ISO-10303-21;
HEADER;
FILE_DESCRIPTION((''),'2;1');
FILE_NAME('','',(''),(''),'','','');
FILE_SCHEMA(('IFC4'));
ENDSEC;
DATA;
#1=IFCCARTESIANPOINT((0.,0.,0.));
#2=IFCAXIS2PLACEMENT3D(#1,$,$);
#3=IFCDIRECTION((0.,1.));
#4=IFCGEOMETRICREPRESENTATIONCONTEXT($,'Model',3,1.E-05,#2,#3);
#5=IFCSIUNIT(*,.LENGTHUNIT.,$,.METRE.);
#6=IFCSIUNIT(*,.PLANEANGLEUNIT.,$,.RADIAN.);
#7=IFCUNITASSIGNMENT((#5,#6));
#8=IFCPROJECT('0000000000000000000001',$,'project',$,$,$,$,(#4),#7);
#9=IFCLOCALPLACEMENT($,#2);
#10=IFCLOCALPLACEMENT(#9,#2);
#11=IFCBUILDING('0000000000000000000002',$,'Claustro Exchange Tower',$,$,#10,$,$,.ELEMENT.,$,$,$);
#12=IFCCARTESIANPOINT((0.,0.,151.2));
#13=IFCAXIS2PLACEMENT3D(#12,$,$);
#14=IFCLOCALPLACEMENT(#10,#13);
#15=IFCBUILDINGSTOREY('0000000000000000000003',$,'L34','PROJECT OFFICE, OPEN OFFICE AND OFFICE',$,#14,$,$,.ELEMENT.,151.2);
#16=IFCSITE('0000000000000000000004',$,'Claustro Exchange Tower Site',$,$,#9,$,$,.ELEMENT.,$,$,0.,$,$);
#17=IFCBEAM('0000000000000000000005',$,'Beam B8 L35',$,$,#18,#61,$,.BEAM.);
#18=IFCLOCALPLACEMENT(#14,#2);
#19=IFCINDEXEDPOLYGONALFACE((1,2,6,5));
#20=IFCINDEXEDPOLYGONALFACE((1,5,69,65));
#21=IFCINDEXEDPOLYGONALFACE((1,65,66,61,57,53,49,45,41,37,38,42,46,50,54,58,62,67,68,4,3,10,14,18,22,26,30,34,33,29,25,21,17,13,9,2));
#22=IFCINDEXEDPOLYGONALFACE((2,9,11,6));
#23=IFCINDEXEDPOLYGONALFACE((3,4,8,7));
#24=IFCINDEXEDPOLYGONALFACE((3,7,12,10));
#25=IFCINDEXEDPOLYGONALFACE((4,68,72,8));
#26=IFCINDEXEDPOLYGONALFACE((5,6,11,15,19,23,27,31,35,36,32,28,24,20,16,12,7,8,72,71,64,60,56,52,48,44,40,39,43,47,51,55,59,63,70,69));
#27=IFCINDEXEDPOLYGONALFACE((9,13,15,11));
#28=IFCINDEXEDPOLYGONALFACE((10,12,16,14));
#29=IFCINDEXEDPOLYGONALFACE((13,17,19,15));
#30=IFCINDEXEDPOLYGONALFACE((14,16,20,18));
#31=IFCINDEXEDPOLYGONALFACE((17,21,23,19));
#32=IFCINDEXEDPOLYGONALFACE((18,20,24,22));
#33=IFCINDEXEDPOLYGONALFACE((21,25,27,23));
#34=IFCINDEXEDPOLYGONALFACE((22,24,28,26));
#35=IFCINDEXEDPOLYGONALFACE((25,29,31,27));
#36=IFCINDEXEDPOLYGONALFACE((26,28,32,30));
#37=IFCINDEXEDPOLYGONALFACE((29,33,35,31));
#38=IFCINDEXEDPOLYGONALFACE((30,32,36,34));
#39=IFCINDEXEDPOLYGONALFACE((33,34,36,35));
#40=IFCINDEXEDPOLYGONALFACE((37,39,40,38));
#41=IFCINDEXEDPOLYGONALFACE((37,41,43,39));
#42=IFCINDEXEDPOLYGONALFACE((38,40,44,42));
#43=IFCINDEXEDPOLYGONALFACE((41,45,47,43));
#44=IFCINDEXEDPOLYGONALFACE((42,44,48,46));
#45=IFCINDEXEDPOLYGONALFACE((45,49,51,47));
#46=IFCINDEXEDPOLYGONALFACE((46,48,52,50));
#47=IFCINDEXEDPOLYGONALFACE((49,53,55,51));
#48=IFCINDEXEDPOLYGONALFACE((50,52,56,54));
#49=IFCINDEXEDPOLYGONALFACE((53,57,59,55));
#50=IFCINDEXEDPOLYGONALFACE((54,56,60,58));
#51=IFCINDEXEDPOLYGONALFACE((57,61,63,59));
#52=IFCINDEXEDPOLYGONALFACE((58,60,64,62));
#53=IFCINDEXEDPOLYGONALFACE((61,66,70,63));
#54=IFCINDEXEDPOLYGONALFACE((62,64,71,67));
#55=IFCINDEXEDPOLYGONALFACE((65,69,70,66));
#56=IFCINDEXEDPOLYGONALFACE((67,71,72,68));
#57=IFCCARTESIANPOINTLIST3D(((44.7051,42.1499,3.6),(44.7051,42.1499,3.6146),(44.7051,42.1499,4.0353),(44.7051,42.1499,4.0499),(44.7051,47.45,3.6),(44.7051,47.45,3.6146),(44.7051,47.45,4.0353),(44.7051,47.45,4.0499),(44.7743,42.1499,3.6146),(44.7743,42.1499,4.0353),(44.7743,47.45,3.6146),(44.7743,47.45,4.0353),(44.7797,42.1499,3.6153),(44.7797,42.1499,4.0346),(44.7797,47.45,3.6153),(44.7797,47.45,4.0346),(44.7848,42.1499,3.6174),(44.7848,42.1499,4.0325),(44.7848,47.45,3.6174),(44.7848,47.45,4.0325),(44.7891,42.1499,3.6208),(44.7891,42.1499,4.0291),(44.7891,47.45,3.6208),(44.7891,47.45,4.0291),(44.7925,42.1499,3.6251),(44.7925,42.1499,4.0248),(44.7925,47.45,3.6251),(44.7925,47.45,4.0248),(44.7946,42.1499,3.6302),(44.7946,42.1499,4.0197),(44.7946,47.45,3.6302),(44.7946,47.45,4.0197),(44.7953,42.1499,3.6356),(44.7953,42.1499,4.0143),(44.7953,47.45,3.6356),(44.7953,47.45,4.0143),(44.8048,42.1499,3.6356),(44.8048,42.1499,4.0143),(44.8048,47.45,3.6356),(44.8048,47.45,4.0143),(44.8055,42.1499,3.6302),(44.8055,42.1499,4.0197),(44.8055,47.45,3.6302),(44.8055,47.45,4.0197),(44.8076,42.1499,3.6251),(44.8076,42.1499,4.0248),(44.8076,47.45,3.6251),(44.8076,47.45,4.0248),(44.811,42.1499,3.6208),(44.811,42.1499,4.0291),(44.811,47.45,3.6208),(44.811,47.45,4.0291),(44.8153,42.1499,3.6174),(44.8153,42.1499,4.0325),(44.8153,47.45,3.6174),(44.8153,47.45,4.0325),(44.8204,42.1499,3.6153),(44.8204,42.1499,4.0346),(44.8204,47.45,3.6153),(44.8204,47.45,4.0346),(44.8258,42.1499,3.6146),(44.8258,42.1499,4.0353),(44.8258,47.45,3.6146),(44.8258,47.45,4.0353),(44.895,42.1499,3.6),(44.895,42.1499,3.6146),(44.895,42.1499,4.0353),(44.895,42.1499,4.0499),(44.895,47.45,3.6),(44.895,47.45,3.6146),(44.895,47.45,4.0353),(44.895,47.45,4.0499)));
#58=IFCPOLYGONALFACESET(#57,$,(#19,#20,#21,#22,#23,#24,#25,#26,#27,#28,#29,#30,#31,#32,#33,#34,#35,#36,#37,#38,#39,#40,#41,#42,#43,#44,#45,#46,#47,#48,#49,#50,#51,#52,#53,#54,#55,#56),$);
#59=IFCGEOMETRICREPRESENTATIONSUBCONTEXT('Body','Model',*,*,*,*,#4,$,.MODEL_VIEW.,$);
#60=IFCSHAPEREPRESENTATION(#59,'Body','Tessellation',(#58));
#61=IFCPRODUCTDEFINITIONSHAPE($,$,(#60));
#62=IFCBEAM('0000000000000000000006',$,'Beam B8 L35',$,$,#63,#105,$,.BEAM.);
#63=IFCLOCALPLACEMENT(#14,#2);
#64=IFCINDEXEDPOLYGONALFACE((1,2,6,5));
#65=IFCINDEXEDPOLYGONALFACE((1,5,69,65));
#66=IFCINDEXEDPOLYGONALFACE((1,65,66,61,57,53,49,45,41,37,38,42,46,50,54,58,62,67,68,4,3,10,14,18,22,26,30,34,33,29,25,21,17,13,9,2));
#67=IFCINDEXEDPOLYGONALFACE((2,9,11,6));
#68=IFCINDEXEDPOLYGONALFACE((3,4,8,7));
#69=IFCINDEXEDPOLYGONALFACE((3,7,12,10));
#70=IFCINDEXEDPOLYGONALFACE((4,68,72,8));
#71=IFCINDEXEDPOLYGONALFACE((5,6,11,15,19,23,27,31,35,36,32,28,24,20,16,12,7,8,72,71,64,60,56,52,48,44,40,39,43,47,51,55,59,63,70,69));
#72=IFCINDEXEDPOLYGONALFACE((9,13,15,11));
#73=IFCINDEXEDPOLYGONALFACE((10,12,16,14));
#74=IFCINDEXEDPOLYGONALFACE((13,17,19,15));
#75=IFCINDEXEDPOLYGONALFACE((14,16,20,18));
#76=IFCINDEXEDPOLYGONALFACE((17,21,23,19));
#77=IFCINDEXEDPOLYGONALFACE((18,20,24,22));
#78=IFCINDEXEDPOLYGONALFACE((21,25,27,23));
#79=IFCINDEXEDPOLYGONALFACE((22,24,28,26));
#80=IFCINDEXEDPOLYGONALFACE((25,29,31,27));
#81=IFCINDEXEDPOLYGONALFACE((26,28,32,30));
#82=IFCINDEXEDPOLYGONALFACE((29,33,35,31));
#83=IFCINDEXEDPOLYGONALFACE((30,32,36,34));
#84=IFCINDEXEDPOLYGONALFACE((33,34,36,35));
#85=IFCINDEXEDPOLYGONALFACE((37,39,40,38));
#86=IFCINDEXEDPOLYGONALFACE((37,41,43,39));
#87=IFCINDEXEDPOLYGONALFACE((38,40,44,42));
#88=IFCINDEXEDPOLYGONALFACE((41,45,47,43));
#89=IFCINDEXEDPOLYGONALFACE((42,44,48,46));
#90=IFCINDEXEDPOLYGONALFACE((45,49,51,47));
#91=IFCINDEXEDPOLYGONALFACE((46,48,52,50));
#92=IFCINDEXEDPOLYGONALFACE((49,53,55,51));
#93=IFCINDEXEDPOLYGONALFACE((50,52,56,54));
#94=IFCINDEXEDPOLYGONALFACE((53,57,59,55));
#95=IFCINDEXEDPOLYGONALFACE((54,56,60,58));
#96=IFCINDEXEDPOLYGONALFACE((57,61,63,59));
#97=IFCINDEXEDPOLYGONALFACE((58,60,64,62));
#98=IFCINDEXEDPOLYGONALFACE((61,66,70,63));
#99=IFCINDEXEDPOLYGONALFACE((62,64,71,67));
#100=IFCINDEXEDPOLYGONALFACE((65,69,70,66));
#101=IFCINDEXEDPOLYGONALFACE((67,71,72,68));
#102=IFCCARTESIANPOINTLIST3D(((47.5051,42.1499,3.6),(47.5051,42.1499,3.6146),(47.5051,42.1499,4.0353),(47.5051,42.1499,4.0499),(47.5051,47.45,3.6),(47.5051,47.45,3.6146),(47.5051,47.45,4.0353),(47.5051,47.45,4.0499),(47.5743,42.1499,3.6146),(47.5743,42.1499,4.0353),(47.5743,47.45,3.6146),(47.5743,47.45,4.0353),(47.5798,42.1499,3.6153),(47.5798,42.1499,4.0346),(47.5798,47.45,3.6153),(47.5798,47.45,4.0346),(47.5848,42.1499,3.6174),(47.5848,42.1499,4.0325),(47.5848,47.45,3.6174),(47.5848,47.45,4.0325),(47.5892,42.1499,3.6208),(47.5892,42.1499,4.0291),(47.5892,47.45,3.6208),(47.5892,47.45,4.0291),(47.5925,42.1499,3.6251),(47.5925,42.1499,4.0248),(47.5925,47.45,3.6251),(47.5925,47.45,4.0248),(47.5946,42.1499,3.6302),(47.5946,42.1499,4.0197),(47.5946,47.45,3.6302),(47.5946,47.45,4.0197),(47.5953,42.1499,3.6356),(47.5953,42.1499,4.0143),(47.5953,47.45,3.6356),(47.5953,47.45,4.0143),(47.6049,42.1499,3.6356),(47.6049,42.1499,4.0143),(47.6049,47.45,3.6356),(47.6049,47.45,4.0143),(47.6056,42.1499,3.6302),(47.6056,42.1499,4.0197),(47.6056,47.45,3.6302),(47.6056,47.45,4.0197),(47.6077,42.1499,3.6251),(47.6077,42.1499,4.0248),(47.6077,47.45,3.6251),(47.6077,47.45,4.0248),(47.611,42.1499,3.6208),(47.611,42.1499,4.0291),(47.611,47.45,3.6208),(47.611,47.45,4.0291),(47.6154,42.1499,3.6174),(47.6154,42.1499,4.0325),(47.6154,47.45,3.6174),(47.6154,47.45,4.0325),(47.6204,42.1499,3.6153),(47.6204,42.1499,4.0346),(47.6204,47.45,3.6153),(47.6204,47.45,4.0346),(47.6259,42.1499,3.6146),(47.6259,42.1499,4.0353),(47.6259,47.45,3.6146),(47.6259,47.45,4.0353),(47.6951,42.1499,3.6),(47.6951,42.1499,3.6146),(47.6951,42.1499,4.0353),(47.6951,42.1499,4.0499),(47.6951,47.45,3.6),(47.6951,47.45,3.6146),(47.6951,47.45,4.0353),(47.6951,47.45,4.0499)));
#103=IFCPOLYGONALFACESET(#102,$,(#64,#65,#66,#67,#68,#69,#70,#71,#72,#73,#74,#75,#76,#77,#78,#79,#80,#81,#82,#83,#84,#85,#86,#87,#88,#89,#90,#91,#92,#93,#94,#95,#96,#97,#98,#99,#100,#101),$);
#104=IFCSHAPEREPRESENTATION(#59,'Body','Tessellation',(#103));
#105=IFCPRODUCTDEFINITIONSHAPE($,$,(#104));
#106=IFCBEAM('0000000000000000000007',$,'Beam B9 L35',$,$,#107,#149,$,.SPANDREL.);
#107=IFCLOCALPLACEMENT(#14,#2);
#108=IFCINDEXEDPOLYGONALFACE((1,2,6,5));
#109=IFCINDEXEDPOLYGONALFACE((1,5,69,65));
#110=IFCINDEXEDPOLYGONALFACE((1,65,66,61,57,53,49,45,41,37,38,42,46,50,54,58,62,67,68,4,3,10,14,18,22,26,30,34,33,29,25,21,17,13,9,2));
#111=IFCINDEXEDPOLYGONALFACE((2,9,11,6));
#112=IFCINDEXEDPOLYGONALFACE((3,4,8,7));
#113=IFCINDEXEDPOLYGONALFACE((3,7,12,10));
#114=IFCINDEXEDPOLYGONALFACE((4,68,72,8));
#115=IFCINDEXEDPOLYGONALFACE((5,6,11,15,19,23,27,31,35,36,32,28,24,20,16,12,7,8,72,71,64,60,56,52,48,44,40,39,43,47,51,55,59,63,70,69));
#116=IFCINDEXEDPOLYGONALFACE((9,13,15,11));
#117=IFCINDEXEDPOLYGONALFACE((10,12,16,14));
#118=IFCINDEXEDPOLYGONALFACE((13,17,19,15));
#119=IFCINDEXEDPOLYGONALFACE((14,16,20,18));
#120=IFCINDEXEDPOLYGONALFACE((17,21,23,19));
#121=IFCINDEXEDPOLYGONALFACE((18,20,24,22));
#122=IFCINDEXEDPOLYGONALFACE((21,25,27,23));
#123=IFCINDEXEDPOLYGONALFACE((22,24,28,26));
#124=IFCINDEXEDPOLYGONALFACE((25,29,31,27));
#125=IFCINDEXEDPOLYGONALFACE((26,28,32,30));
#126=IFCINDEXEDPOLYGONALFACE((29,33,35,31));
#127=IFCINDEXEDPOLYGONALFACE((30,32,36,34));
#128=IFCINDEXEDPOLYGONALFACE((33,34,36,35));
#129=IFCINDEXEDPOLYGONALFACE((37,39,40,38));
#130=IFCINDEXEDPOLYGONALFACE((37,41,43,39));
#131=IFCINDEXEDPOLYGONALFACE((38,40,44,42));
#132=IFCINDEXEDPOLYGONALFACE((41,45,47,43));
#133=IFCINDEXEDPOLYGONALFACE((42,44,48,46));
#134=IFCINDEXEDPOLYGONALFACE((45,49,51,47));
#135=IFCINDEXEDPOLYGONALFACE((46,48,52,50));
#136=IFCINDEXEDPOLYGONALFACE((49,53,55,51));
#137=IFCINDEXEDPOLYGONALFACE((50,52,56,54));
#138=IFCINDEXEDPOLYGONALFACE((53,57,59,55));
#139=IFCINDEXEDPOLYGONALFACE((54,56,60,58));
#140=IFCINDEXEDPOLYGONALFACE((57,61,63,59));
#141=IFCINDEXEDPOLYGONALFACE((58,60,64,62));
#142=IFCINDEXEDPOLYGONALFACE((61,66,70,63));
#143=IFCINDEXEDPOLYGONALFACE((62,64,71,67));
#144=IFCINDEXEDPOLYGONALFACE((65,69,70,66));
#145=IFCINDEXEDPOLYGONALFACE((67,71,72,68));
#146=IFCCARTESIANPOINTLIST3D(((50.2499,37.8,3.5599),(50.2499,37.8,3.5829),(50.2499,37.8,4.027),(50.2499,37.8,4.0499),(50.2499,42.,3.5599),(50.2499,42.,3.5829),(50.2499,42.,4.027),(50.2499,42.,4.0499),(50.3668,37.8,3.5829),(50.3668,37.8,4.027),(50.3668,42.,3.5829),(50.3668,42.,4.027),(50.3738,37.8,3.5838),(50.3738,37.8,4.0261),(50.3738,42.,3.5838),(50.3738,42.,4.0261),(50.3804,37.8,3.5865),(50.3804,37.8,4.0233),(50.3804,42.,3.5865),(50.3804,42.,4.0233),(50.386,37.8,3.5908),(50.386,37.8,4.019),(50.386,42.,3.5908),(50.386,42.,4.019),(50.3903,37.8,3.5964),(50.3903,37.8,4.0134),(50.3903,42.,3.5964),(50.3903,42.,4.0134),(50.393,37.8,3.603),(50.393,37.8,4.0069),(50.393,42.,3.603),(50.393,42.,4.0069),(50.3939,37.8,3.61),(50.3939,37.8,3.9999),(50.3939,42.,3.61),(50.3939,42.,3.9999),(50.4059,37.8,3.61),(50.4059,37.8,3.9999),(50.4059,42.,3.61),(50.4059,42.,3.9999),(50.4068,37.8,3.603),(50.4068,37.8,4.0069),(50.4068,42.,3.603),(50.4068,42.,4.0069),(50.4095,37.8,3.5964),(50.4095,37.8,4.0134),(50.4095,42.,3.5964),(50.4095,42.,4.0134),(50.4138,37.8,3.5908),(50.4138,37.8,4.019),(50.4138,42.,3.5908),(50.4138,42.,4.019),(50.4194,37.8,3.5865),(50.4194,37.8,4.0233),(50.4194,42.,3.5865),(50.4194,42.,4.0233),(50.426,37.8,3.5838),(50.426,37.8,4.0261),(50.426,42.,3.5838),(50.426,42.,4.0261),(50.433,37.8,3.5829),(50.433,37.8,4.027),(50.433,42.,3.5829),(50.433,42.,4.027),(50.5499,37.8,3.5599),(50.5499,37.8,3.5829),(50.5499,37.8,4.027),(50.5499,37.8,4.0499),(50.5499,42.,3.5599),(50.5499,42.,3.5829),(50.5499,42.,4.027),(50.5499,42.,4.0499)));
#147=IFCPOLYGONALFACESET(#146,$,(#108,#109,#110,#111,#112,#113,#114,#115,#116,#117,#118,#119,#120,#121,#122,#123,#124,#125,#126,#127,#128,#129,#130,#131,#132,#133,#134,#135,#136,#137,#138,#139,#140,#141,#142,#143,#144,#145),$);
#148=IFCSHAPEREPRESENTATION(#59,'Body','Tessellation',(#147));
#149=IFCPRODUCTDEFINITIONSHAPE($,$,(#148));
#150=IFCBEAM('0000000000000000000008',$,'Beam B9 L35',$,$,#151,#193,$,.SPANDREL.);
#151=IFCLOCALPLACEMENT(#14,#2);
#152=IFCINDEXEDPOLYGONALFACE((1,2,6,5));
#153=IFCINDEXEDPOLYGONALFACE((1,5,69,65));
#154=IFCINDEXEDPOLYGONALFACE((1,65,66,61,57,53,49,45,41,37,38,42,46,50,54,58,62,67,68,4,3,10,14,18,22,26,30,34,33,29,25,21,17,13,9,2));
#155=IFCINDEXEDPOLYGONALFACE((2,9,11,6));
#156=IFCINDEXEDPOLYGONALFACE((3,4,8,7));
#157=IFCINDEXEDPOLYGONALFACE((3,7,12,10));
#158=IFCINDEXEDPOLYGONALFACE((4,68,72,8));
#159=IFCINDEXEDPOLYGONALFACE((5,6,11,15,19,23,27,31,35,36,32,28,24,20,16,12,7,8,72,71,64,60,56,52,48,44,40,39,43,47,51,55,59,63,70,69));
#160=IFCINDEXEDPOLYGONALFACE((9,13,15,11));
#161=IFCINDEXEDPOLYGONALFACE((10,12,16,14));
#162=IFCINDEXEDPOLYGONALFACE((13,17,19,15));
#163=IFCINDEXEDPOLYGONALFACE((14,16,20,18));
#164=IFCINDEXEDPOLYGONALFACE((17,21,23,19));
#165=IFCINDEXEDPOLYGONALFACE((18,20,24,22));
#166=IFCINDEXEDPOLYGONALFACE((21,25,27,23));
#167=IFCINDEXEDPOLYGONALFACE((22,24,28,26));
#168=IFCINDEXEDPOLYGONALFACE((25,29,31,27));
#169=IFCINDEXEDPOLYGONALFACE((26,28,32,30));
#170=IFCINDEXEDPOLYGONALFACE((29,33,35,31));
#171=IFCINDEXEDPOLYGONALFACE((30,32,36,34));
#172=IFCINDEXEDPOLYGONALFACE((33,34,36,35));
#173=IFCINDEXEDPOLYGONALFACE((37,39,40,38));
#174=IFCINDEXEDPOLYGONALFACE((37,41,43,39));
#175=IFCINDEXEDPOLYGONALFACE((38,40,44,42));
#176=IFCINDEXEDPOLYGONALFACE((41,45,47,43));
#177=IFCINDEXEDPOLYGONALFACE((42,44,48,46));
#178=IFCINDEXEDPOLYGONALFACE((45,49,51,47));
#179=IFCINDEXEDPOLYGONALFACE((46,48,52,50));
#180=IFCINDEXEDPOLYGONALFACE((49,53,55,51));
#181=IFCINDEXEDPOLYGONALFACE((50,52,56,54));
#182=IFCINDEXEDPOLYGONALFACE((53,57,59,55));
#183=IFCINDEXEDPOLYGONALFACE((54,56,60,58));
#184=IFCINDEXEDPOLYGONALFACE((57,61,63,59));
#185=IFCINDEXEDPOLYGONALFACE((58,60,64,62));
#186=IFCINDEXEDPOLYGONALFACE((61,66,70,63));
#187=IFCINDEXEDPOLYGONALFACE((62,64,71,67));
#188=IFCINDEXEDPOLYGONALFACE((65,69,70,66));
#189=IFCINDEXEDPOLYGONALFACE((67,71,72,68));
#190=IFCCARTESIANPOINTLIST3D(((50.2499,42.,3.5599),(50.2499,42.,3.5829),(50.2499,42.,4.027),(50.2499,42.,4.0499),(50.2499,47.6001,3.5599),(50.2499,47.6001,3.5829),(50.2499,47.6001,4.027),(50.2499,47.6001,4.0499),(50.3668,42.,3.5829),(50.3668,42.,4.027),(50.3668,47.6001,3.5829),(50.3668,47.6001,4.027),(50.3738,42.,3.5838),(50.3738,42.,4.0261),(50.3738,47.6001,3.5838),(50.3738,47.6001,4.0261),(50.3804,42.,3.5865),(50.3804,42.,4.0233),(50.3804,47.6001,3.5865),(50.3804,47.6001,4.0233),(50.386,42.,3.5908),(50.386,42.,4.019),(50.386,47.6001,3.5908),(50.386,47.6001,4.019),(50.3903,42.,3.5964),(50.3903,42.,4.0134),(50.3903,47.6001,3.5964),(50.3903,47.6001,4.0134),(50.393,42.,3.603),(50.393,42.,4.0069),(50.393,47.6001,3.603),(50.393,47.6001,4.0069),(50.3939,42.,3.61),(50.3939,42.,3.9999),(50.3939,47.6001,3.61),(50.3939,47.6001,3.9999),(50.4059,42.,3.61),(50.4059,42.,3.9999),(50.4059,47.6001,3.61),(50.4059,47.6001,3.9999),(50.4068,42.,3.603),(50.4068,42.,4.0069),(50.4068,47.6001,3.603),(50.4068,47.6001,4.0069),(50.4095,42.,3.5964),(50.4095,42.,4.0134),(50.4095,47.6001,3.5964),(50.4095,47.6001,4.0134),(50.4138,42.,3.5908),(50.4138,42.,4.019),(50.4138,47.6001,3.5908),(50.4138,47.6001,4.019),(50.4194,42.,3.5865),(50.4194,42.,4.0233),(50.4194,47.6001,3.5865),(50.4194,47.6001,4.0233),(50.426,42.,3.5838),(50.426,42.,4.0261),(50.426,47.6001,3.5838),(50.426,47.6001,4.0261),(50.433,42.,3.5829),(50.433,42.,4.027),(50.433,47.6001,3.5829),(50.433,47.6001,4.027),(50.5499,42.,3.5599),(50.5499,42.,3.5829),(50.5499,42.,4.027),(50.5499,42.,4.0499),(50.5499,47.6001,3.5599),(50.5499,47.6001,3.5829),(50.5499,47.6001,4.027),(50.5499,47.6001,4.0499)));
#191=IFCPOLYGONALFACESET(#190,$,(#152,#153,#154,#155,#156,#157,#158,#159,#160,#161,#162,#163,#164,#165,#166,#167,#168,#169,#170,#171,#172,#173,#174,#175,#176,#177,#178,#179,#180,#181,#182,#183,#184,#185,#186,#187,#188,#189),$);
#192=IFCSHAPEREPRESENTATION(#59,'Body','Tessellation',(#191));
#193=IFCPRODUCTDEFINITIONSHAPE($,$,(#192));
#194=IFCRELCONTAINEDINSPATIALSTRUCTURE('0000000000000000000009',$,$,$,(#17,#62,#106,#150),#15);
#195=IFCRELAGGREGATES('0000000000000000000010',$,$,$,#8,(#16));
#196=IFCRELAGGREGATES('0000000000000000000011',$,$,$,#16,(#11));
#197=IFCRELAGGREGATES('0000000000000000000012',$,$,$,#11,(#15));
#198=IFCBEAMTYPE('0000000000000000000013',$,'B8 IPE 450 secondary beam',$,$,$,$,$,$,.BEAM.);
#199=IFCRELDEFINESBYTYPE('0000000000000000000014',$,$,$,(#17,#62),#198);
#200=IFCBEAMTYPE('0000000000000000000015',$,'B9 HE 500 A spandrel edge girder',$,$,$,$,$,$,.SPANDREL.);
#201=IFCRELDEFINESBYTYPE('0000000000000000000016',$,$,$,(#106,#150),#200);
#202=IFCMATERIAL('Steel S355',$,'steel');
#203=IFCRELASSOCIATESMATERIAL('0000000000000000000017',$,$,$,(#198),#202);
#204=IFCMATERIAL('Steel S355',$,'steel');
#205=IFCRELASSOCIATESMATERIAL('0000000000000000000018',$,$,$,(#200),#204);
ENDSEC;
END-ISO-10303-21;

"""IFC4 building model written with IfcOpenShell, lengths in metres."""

from ifc_helpers import new_model, si_unit, direction, frame, origin, origin_2d, place, context, subcontext, project, spatial, i_section, extrude, material, material_profile, profile_set, type_object, element, save


model = new_model("IFC4")

# Units and contexts
model_context = context("Model", 3, precision=1e-05, world=origin(), true_north=direction((0.0, 1.0)))
body_context = subcontext(model_context, "Body", "Model", "MODEL_VIEW")
ifc_project = project(units=[si_unit("LENGTHUNIT", "METRE"), si_unit("PLANEANGLEUNIT", "RADIAN")], contexts=[model_context])

# Site, building, storey
site_placement = place(None, origin())
site = spatial("IfcSite", under=ifc_project, at=site_placement, Name="Claustro Exchange Tower Site", CompositionType="ELEMENT", RefElevation=0.0)
building_placement = place(site_placement, origin())
building = spatial("IfcBuilding", under=site, at=building_placement, Name="Claustro Exchange Tower", CompositionType="ELEMENT")
storey_placement = place(building_placement, frame((0.0, 0.0, 151.2)))
storey = spatial("IfcBuildingStorey", under=building, at=storey_placement, Name="L34", Description="PROJECT OFFICE, OPEN OFFICE AND OFFICE", CompositionType="ELEMENT", Elevation=151.2)

# Beams
ifc_material_1 = material(Name="Steel S355", Category="steel")
ifc_material_profile_1 = material_profile(ifc_material_1, i_section(OverallWidth=0.1899, OverallDepth=0.45, WebThickness=0.0095, FlangeThickness=0.0146, FilletRadius=0.021, at=origin_2d()), Name="IPE 450")
ifc_profile_set_1 = profile_set([ifc_material_profile_1], Name="Steel S355")
beam_type_1 = type_object("IfcBeamType", Name="B8 IPE 450 secondary beam", PredefinedType="BEAM", material=ifc_profile_set_1)
for number, where, z_axis, x_axis, name in (
    (1, (44.8, 42.1499, 3.825), (0.0, 1.0, 0.0), (-1.0, 0.0, 0.0), "Beam B8 L35"),
    (2, (47.6001, 42.1499, 3.825), (0.0, 1.0, 0.0), (-1.0, 0.0, 0.0), "Beam B8 L35"),
):
    element("IfcBeam", number, at=place(storey_placement, frame(where, z_axis=z_axis, x_axis=x_axis)), inside=storey, type_object=beam_type_1, Name=name, PredefinedType="BEAM", context=body_context, shape_type="SweptSolid", body=[
        extrude(i_section(OverallWidth=0.1899, OverallDepth=0.45, WebThickness=0.0095, FlangeThickness=0.0146, FilletRadius=0.021, at=origin_2d()), origin(), (0.0, 0.0, 1.0), 5.3),
    ])
ifc_material_2 = material(Name="Steel S355", Category="steel")
ifc_material_profile_2 = material_profile(ifc_material_2, i_section(OverallWidth=0.3, OverallDepth=0.49, WebThickness=0.012, FlangeThickness=0.0229, FilletRadius=0.0271, at=origin_2d()), Name="HE 500 A")
ifc_profile_set_2 = profile_set([ifc_material_profile_2], Name="Steel S355")
beam_type_2 = type_object("IfcBeamType", Name="B9 HE 500 A spandrel edge girder", PredefinedType="SPANDREL", material=ifc_profile_set_2)
beam_1_placement = place(storey_placement, frame((50.3999, 37.8, 3.8049), z_axis=(0.0, 1.0, 0.0), x_axis=(-1.0, 0.0, 0.0)))
element("IfcBeam", 3, at=beam_1_placement, inside=storey, type_object=beam_type_2, Name="Beam B9 L35", PredefinedType="SPANDREL", context=body_context, shape_type="SweptSolid", body=[
    extrude(i_section(OverallWidth=0.3, OverallDepth=0.49, WebThickness=0.012, FlangeThickness=0.0229, FilletRadius=0.0271, at=origin_2d()), origin(), (0.0, 0.0, 1.0), 4.2),
])
beam_2_placement = place(storey_placement, frame((50.3999, 42.0, 3.8049), z_axis=(0.0, 1.0, 0.0), x_axis=(-1.0, 0.0, 0.0)))
element("IfcBeam", 4, at=beam_2_placement, inside=storey, type_object=beam_type_2, Name="Beam B9 L35", PredefinedType="SPANDREL", context=body_context, shape_type="SweptSolid", body=[
    extrude(i_section(OverallWidth=0.3, OverallDepth=0.49, WebThickness=0.012, FlangeThickness=0.0229, FilletRadius=0.0271, at=origin_2d()), origin(), (0.0, 0.0, 1.0), 5.6001),
])

save(model, "model.ifc")
